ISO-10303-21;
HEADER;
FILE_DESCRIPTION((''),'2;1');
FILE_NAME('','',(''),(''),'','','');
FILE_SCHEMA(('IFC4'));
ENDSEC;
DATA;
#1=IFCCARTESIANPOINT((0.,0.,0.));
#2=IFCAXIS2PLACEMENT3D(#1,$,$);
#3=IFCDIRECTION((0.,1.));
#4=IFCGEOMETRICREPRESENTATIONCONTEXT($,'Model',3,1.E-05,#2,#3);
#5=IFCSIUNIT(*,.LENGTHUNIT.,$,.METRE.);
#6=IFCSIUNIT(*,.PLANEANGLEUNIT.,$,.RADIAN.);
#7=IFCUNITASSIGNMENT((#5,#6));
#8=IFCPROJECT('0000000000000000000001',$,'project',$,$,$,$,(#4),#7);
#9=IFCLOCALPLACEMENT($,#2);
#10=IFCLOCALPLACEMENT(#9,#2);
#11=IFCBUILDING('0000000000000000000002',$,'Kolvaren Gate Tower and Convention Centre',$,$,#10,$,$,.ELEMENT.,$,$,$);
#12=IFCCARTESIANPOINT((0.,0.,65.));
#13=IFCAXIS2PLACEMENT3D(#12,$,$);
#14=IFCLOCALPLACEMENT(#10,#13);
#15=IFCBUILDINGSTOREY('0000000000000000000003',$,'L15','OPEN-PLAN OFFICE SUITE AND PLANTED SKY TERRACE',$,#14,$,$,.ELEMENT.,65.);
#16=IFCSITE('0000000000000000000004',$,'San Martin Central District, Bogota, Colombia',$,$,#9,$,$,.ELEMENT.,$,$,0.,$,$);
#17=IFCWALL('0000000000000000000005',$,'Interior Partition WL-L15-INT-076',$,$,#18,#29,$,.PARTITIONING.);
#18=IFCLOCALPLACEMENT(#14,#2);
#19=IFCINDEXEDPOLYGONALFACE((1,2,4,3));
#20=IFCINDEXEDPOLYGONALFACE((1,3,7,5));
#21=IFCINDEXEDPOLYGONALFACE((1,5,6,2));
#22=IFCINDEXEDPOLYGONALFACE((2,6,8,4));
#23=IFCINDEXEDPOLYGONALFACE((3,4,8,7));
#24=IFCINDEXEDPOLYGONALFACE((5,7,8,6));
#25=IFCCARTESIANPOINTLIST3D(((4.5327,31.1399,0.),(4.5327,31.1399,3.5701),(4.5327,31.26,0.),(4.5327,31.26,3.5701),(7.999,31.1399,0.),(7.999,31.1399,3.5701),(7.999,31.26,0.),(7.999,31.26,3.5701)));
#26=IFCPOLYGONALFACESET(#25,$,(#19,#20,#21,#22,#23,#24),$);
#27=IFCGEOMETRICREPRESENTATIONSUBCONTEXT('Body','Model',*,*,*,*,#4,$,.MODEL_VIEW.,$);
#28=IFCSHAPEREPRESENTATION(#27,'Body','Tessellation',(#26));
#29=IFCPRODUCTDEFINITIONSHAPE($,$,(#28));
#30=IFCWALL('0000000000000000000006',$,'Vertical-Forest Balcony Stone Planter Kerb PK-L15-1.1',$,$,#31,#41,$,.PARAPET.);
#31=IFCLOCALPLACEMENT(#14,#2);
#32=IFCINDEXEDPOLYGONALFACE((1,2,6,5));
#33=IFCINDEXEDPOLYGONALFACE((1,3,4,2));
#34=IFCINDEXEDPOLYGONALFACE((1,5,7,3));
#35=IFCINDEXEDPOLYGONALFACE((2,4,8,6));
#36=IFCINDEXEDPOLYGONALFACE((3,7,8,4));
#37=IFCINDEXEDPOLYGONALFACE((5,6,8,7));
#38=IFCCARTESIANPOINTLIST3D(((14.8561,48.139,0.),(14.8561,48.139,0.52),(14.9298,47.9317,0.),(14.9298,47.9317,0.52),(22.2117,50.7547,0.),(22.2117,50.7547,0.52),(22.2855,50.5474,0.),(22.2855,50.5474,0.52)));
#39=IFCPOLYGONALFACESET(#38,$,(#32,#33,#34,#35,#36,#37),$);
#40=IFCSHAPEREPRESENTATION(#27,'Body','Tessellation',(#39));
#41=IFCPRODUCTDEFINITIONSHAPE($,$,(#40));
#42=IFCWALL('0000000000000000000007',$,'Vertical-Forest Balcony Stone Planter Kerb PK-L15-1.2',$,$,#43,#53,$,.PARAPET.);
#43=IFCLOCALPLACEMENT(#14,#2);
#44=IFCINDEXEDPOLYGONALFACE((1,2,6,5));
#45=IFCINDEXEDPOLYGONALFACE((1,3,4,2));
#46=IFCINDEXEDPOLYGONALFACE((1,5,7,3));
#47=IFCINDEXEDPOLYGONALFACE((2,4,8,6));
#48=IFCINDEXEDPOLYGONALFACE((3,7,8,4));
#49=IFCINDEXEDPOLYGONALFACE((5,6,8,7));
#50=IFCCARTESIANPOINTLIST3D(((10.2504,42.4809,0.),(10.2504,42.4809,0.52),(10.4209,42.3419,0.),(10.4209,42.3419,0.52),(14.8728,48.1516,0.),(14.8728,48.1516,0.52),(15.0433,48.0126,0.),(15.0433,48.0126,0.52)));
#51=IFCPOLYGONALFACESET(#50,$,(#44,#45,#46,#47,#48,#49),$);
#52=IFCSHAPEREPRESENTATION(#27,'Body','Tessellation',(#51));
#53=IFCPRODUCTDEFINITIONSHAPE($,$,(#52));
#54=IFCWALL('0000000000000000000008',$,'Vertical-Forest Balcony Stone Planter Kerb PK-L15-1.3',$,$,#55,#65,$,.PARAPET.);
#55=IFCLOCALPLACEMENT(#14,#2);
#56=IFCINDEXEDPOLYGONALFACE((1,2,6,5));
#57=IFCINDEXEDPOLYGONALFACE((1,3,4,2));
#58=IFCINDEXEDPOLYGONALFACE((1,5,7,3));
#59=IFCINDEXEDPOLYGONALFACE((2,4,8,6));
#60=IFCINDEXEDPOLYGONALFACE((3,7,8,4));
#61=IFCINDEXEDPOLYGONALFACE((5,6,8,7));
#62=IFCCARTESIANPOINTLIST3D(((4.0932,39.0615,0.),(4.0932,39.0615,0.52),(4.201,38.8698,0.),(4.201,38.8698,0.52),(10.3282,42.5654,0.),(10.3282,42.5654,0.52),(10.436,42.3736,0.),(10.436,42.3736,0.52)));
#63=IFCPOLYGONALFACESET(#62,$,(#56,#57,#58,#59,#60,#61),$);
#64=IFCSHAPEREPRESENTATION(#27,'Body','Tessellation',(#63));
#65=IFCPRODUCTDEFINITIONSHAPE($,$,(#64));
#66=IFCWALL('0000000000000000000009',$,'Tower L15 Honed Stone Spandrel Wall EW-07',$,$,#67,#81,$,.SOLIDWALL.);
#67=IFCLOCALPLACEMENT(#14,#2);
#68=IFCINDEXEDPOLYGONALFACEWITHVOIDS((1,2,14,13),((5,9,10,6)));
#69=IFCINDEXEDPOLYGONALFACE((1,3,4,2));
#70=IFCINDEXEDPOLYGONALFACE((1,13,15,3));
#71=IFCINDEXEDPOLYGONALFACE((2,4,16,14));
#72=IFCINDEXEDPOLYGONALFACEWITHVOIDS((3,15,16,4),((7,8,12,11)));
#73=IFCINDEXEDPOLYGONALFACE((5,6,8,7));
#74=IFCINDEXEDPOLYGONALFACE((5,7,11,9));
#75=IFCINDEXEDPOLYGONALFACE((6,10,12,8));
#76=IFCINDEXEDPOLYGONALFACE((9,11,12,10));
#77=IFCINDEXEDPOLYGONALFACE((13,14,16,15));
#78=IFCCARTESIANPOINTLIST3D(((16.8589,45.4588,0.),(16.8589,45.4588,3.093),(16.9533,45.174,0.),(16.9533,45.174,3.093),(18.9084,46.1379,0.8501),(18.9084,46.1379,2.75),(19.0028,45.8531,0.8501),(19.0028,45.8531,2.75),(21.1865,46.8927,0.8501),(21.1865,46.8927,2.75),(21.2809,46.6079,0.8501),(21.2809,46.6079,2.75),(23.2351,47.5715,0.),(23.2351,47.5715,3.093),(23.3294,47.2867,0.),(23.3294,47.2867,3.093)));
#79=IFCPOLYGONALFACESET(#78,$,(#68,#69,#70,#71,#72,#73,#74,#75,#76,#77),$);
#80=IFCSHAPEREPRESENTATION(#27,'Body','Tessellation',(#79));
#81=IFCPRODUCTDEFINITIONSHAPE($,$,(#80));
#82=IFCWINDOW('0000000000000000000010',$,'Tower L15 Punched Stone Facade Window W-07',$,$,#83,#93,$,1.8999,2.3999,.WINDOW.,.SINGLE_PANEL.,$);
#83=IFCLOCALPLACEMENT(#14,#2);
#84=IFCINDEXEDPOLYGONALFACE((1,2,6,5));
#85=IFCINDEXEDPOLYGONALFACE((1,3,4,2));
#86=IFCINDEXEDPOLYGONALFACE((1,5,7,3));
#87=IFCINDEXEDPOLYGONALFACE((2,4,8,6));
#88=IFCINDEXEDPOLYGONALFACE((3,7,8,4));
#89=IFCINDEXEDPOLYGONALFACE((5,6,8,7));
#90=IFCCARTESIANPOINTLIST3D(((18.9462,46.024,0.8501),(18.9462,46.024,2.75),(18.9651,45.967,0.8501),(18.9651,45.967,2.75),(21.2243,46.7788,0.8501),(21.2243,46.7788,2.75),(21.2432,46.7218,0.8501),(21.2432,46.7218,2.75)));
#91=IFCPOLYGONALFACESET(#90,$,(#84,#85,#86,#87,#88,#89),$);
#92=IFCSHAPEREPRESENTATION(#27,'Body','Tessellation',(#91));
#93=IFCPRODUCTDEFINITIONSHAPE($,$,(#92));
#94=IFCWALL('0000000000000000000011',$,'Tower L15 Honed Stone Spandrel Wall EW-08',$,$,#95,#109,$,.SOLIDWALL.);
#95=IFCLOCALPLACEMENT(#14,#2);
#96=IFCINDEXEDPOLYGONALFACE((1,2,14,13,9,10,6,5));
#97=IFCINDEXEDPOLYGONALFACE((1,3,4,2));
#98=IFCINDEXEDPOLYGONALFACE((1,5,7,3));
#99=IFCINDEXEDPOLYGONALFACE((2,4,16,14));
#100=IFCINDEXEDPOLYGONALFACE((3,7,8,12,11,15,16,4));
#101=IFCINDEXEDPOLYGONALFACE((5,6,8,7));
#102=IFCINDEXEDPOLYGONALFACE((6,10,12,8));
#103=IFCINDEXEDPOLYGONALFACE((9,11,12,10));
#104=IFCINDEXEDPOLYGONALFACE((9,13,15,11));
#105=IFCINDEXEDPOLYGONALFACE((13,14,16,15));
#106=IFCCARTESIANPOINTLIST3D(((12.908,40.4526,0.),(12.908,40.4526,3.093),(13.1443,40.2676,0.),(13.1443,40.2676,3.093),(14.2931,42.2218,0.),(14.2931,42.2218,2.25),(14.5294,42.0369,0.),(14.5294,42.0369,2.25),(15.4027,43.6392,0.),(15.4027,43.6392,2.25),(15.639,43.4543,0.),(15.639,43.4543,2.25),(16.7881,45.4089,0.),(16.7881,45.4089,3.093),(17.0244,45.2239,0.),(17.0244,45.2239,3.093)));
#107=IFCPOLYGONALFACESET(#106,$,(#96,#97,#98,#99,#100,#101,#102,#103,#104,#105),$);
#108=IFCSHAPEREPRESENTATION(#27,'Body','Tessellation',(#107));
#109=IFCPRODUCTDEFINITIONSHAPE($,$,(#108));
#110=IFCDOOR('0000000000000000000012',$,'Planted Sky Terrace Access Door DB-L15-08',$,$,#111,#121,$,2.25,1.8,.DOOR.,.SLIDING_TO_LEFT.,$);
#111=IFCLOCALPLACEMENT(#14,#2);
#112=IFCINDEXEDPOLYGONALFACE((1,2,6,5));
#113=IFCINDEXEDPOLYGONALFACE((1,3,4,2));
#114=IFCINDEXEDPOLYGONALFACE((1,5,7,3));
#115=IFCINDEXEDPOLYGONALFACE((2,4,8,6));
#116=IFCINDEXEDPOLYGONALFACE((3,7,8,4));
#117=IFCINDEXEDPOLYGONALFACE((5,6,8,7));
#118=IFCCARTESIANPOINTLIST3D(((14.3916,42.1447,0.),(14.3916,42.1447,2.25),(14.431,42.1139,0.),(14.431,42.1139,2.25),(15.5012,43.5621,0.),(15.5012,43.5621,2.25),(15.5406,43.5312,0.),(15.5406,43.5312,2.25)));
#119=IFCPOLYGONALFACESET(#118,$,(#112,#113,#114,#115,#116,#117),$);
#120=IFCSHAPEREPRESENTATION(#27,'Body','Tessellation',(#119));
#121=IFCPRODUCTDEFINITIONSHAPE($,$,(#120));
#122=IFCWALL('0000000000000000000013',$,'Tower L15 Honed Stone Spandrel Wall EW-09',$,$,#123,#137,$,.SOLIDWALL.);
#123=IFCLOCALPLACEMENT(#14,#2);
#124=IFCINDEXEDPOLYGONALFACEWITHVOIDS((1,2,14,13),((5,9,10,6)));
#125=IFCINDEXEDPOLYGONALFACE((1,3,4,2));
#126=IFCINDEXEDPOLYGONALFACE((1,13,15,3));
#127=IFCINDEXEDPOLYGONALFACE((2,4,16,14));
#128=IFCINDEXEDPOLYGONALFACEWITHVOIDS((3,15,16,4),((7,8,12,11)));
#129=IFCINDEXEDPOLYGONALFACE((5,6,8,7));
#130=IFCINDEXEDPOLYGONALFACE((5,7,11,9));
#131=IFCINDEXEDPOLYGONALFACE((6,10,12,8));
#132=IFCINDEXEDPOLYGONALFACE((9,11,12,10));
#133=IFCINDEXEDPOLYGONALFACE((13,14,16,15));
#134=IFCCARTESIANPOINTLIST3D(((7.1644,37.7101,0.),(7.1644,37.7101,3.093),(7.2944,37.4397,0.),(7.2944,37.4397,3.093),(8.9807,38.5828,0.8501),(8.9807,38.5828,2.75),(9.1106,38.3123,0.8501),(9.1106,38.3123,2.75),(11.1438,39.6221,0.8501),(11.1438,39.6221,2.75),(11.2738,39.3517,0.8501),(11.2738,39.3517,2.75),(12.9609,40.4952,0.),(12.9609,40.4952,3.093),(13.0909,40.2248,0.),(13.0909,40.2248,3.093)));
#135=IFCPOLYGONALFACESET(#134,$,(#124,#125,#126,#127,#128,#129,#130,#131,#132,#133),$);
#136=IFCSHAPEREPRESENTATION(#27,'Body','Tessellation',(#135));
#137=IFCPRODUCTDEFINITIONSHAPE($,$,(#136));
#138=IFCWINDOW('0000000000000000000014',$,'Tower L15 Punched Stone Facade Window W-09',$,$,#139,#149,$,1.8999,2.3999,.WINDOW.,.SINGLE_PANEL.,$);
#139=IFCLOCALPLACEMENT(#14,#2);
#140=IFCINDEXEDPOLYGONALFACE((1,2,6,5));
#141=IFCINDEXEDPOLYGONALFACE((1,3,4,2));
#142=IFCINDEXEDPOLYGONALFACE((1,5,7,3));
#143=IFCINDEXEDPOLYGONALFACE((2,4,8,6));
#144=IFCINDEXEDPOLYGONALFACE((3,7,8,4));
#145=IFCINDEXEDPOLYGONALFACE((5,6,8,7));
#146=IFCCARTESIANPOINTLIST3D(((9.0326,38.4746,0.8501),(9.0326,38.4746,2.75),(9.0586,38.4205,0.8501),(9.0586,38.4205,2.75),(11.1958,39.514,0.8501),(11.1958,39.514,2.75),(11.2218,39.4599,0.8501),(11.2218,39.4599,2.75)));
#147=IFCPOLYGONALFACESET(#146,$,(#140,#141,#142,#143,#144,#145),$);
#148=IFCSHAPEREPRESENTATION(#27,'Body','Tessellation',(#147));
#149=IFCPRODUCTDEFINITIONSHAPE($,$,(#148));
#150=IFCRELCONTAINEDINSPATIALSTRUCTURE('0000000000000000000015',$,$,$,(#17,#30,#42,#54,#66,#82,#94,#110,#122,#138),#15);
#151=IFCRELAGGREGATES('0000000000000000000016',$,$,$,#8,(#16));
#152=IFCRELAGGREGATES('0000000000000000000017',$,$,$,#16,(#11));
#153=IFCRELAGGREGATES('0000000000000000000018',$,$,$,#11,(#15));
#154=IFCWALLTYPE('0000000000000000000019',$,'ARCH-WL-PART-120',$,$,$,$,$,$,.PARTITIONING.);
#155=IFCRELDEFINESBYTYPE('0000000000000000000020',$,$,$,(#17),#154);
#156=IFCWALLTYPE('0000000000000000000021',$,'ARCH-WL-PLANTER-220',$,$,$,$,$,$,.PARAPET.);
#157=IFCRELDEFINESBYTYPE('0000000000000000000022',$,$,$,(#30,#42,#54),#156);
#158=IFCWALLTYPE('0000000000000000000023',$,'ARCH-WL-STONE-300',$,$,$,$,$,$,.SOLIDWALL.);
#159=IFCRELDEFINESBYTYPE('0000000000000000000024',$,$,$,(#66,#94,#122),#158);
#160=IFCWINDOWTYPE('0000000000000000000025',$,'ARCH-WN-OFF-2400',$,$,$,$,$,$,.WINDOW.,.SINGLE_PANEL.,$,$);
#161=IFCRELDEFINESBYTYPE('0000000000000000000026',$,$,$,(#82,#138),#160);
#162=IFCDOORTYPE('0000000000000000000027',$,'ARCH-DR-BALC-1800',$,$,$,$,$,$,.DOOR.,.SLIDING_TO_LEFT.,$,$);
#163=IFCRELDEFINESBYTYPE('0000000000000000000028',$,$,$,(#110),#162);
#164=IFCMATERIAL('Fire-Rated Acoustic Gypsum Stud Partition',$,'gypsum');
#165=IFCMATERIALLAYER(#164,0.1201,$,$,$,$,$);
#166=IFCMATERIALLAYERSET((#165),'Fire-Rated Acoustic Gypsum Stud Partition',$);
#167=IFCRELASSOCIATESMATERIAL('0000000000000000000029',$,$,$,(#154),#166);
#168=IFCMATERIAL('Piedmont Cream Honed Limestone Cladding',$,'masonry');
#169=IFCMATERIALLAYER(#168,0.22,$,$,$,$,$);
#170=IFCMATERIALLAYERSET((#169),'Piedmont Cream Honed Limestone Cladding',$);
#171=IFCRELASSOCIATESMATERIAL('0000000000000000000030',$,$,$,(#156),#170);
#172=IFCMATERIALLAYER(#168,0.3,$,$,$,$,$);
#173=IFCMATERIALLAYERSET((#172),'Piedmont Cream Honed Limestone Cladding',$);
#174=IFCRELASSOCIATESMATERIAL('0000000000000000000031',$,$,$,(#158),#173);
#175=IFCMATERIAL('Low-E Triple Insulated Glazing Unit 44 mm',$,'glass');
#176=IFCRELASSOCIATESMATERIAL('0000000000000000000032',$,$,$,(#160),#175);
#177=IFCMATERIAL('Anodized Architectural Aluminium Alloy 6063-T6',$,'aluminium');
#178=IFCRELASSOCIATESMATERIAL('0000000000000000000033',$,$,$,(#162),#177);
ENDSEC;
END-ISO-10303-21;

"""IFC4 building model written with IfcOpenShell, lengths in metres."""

from ifc_helpers import new_model, si_unit, direction, frame, frame_2d, origin, place, context, subcontext, project, spatial, rectangle, extrude, material, layer, layer_set, type_object, element, fill, save


model = new_model("IFC4")

# Units and contexts
model_context = context("Model", 3, precision=1e-05, world=origin(), true_north=direction((0.0, 1.0)))
body_context = subcontext(model_context, "Body", "Model", "MODEL_VIEW")
ifc_project = project(units=[si_unit("LENGTHUNIT", "METRE"), si_unit("PLANEANGLEUNIT", "RADIAN")], contexts=[model_context])

# Site, building, storey
site_placement = place(None, origin())
site = spatial("IfcSite", under=ifc_project, at=site_placement, Name="San Martin Central District, Bogota, Colombia", CompositionType="ELEMENT", RefElevation=0.0)
building_placement = place(site_placement, origin())
building = spatial("IfcBuilding", under=site, at=building_placement, Name="Kolvaren Gate Tower and Convention Centre", CompositionType="ELEMENT")
storey_placement = place(building_placement, frame((0.0, 0.0, 65.0)))
storey = spatial("IfcBuildingStorey", under=building, at=storey_placement, Name="L15", Description="OPEN-PLAN OFFICE SUITE AND PLANTED SKY TERRACE", CompositionType="ELEMENT", Elevation=65.0)

# Walls
ifc_material_1 = material(Name="Fire-Rated Acoustic Gypsum Stud Partition", Category="gypsum")
ifc_layer_1 = layer(ifc_material_1, 0.1201)
ifc_layer_set_1 = layer_set([ifc_layer_1], Name="Fire-Rated Acoustic Gypsum Stud Partition")
wall_type_1 = type_object("IfcWallType", Name="ARCH-WL-PART-120", PredefinedType="PARTITIONING", material=ifc_layer_set_1)
wall_1_placement = place(storey_placement, frame((4.5327, 31.2, 0.0), z_axis=(0.0, 0.0, 1.0), x_axis=(1.0, 0.0, 0.0)))
element("IfcWall", 1, at=wall_1_placement, inside=storey, type_object=wall_type_1, Name="Interior Partition WL-L15-INT-076", PredefinedType="PARTITIONING", context=body_context, shape_type="SweptSolid", body=[
    extrude(rectangle(XDim=3.4663, YDim=0.1201, at=frame_2d((1.7332, 0.0))), origin(), (0.0, 0.0, 1.0), 3.5701),
])
ifc_material_2 = material(Name="Piedmont Cream Honed Limestone Cladding", Category="masonry")
ifc_layer_2 = layer(ifc_material_2, 0.22)
ifc_layer_set_2 = layer_set([ifc_layer_2], Name="Piedmont Cream Honed Limestone Cladding")
wall_type_2 = type_object("IfcWallType", Name="ARCH-WL-PLANTER-220", PredefinedType="PARAPET", material=ifc_layer_set_2)
wall_2_placement = place(storey_placement, frame((14.8931, 48.0354, 0.0), z_axis=(0.0, 0.0, 1.0), x_axis=(0.9422, 0.33505, 0.0)))
element("IfcWall", 2, at=wall_2_placement, inside=storey, type_object=wall_type_2, Name="Vertical-Forest Balcony Stone Planter Kerb PK-L15-1.1", PredefinedType="PARAPET", context=body_context, shape_type="SweptSolid", body=[
    extrude(rectangle(XDim=7.8069, YDim=0.22, at=frame_2d((3.9033, 0.0))), origin(), (0.0, 0.0, 1.0), 0.52),
])
wall_3_placement = place(storey_placement, frame((10.3357, 42.4114, 0.0), z_axis=(0.0, 0.0, 1.0), x_axis=(0.631819, 0.775116, 0.0)))
element("IfcWall", 3, at=wall_3_placement, inside=storey, type_object=wall_type_2, Name="Vertical-Forest Balcony Stone Planter Kerb PK-L15-1.2", PredefinedType="PARAPET", context=body_context, shape_type="SweptSolid", body=[
    extrude(rectangle(XDim=7.3159, YDim=0.22, at=frame_2d((3.658, 0.0))), origin(), (0.0, 0.0, 1.0), 0.52),
])
wall_4_placement = place(storey_placement, frame((4.147, 38.9656, 0.0), z_axis=(0.0, 0.0, 1.0), x_axis=(0.871775, 0.489906, 0.0)))
element("IfcWall", 4, at=wall_4_placement, inside=storey, type_object=wall_type_2, Name="Vertical-Forest Balcony Stone Planter Kerb PK-L15-1.3", PredefinedType="PARAPET", context=body_context, shape_type="SweptSolid", body=[
    extrude(rectangle(XDim=7.1521, YDim=0.22, at=frame_2d((3.5762, 0.0))), origin(), (0.0, 0.0, 1.0), 0.52),
])

# Wall, opening, window
ifc_layer_3 = layer(ifc_material_2, 0.3)
ifc_layer_set_3 = layer_set([ifc_layer_3], Name="Piedmont Cream Honed Limestone Cladding")
wall_type_3 = type_object("IfcWallType", Name="ARCH-WL-STONE-300", PredefinedType="SOLIDWALL", material=ifc_layer_set_3)
wall_5_placement = place(storey_placement, frame((16.9062, 45.3164, 0.0), z_axis=(0.0, 0.0, 1.0), x_axis=(0.949245, 0.314537, 0.0)))
wall_5 = element("IfcWall", 5, at=wall_5_placement, inside=storey, type_object=wall_type_3, Name="Tower L15 Honed Stone Spandrel Wall EW-07", PredefinedType="SOLIDWALL", context=body_context, shape_type="SweptSolid", body=[
    extrude(rectangle(XDim=6.717, YDim=0.3, at=frame_2d((3.3584, 0.0))), origin(), (0.0, 0.0, 1.0), 3.093),
])
opening_1_placement = place(wall_5_placement, frame((2.1589, 0.0, 0.8501)))
opening_1 = element("IfcOpeningElement", 6, at=opening_1_placement, cuts=wall_5, PredefinedType="OPENING", context=body_context, shape_type="SweptSolid", body=[
    extrude(rectangle(XDim=2.3999, YDim=1.8999, at=frame_2d((1.2, 0.95))), frame((0.0, 0.1599, 0.0), z_axis=(0.0, -1.0, 0.0), x_axis=(1.0, 0.0, 0.0)), (0.0, 0.0, 1.0), 0.3201),
])
ifc_material_3 = material(Name="Low-E Triple Insulated Glazing Unit 44 mm", Category="glass")
window_type = type_object("IfcWindowType", Name="ARCH-WN-OFF-2400", PartitioningType="SINGLE_PANEL", PredefinedType="WINDOW", material=ifc_material_3)
window_1_placement = place(opening_1_placement, origin())
window_1 = element("IfcWindow", 7, at=window_1_placement, inside=storey, type_object=window_type, Name="Tower L15 Punched Stone Facade Window W-07", OverallHeight=1.8999, OverallWidth=2.3999, PartitioningType="SINGLE_PANEL", PredefinedType="WINDOW", context=body_context, shape_type="SweptSolid", body=[
    extrude(rectangle(XDim=2.3999, YDim=1.8999, at=frame_2d((1.2, 0.95))), frame((0.0, 0.03, 0.0), z_axis=(0.0, -1.0, 0.0), x_axis=(1.0, 0.0, 0.0)), (0.0, 0.0, 1.0), 0.0601),
])
fill(opening_1, window_1)

# Wall, opening, door
wall_6_placement = place(storey_placement, frame((13.0261, 40.3601, 0.0), z_axis=(0.0, 0.0, 1.0), x_axis=(0.616435, 0.787406, 0.0)))
wall_6 = element("IfcWall", 8, at=wall_6_placement, inside=storey, type_object=wall_type_3, Name="Tower L15 Honed Stone Spandrel Wall EW-08", PredefinedType="SOLIDWALL", context=body_context, shape_type="SweptSolid", body=[
    extrude(rectangle(XDim=6.2944, YDim=0.3, at=frame_2d((3.1472, 0.0))), origin(), (0.0, 0.0, 1.0), 3.093),
])
opening_2_placement = place(wall_6_placement, frame((2.2471, 0.0, 0.0)))
opening_2 = element("IfcOpeningElement", 9, at=opening_2_placement, cuts=wall_6, PredefinedType="OPENING", context=body_context, shape_type="SweptSolid", body=[
    extrude(rectangle(XDim=1.8, YDim=2.25, at=frame_2d((0.8999, 1.125))), frame((0.0, 0.1599, 0.0), z_axis=(0.0, -1.0, 0.0), x_axis=(1.0, 0.0, 0.0)), (0.0, 0.0, 1.0), 0.3201),
])
ifc_material_4 = material(Name="Anodized Architectural Aluminium Alloy 6063-T6", Category="aluminium")
door_type = type_object("IfcDoorType", Name="ARCH-DR-BALC-1800", OperationType="SLIDING_TO_LEFT", PredefinedType="DOOR", material=ifc_material_4)
door_placement = place(opening_2_placement, origin())
door = element("IfcDoor", 10, at=door_placement, inside=storey, type_object=door_type, Name="Planted Sky Terrace Access Door DB-L15-08", OperationType="SLIDING_TO_LEFT", OverallHeight=2.25, OverallWidth=1.8, PredefinedType="DOOR", context=body_context, shape_type="SweptSolid", body=[
    extrude(rectangle(XDim=1.8, YDim=2.25, at=frame_2d((0.8999, 1.125))), frame((0.0, 0.0249, 0.0), z_axis=(0.0, -1.0, 0.0), x_axis=(1.0, 0.0, 0.0)), (0.0, 0.0, 1.0), 0.05),
])
fill(opening_2, door)

# Wall, opening, window
wall_7_placement = place(storey_placement, frame((7.2295, 37.575, 0.0), z_axis=(0.0, 0.0, 1.0), x_axis=(0.901355, 0.433082, 0.0)))
wall_7 = element("IfcWall", 11, at=wall_7_placement, inside=storey, type_object=wall_type_3, Name="Tower L15 Honed Stone Spandrel Wall EW-09", PredefinedType="SOLIDWALL", context=body_context, shape_type="SweptSolid", body=[
    extrude(rectangle(XDim=6.4309, YDim=0.3, at=frame_2d((3.2153, 0.0))), origin(), (0.0, 0.0, 1.0), 3.093),
])
opening_3_placement = place(wall_7_placement, frame((2.0149, 0.0, 0.8501)))
opening_3 = element("IfcOpeningElement", 12, at=opening_3_placement, cuts=wall_7, PredefinedType="OPENING", context=body_context, shape_type="SweptSolid", body=[
    extrude(rectangle(XDim=2.3999, YDim=1.8999, at=frame_2d((1.2, 0.95))), frame((0.0, 0.1599, 0.0), z_axis=(0.0, -1.0, 0.0), x_axis=(1.0, 0.0, 0.0)), (0.0, 0.0, 1.0), 0.3201),
])
window_2_placement = place(opening_3_placement, origin())
window_2 = element("IfcWindow", 13, at=window_2_placement, inside=storey, type_object=window_type, Name="Tower L15 Punched Stone Facade Window W-09", OverallHeight=1.8999, OverallWidth=2.3999, PartitioningType="SINGLE_PANEL", PredefinedType="WINDOW", context=body_context, shape_type="SweptSolid", body=[
    extrude(rectangle(XDim=2.3999, YDim=1.8999, at=frame_2d((1.2, 0.95))), frame((0.0, 0.03, 0.0), z_axis=(0.0, -1.0, 0.0), x_axis=(1.0, 0.0, 0.0)), (0.0, 0.0, 1.0), 0.0601),
])
fill(opening_3, window_2)

save(model, "model.ifc")
